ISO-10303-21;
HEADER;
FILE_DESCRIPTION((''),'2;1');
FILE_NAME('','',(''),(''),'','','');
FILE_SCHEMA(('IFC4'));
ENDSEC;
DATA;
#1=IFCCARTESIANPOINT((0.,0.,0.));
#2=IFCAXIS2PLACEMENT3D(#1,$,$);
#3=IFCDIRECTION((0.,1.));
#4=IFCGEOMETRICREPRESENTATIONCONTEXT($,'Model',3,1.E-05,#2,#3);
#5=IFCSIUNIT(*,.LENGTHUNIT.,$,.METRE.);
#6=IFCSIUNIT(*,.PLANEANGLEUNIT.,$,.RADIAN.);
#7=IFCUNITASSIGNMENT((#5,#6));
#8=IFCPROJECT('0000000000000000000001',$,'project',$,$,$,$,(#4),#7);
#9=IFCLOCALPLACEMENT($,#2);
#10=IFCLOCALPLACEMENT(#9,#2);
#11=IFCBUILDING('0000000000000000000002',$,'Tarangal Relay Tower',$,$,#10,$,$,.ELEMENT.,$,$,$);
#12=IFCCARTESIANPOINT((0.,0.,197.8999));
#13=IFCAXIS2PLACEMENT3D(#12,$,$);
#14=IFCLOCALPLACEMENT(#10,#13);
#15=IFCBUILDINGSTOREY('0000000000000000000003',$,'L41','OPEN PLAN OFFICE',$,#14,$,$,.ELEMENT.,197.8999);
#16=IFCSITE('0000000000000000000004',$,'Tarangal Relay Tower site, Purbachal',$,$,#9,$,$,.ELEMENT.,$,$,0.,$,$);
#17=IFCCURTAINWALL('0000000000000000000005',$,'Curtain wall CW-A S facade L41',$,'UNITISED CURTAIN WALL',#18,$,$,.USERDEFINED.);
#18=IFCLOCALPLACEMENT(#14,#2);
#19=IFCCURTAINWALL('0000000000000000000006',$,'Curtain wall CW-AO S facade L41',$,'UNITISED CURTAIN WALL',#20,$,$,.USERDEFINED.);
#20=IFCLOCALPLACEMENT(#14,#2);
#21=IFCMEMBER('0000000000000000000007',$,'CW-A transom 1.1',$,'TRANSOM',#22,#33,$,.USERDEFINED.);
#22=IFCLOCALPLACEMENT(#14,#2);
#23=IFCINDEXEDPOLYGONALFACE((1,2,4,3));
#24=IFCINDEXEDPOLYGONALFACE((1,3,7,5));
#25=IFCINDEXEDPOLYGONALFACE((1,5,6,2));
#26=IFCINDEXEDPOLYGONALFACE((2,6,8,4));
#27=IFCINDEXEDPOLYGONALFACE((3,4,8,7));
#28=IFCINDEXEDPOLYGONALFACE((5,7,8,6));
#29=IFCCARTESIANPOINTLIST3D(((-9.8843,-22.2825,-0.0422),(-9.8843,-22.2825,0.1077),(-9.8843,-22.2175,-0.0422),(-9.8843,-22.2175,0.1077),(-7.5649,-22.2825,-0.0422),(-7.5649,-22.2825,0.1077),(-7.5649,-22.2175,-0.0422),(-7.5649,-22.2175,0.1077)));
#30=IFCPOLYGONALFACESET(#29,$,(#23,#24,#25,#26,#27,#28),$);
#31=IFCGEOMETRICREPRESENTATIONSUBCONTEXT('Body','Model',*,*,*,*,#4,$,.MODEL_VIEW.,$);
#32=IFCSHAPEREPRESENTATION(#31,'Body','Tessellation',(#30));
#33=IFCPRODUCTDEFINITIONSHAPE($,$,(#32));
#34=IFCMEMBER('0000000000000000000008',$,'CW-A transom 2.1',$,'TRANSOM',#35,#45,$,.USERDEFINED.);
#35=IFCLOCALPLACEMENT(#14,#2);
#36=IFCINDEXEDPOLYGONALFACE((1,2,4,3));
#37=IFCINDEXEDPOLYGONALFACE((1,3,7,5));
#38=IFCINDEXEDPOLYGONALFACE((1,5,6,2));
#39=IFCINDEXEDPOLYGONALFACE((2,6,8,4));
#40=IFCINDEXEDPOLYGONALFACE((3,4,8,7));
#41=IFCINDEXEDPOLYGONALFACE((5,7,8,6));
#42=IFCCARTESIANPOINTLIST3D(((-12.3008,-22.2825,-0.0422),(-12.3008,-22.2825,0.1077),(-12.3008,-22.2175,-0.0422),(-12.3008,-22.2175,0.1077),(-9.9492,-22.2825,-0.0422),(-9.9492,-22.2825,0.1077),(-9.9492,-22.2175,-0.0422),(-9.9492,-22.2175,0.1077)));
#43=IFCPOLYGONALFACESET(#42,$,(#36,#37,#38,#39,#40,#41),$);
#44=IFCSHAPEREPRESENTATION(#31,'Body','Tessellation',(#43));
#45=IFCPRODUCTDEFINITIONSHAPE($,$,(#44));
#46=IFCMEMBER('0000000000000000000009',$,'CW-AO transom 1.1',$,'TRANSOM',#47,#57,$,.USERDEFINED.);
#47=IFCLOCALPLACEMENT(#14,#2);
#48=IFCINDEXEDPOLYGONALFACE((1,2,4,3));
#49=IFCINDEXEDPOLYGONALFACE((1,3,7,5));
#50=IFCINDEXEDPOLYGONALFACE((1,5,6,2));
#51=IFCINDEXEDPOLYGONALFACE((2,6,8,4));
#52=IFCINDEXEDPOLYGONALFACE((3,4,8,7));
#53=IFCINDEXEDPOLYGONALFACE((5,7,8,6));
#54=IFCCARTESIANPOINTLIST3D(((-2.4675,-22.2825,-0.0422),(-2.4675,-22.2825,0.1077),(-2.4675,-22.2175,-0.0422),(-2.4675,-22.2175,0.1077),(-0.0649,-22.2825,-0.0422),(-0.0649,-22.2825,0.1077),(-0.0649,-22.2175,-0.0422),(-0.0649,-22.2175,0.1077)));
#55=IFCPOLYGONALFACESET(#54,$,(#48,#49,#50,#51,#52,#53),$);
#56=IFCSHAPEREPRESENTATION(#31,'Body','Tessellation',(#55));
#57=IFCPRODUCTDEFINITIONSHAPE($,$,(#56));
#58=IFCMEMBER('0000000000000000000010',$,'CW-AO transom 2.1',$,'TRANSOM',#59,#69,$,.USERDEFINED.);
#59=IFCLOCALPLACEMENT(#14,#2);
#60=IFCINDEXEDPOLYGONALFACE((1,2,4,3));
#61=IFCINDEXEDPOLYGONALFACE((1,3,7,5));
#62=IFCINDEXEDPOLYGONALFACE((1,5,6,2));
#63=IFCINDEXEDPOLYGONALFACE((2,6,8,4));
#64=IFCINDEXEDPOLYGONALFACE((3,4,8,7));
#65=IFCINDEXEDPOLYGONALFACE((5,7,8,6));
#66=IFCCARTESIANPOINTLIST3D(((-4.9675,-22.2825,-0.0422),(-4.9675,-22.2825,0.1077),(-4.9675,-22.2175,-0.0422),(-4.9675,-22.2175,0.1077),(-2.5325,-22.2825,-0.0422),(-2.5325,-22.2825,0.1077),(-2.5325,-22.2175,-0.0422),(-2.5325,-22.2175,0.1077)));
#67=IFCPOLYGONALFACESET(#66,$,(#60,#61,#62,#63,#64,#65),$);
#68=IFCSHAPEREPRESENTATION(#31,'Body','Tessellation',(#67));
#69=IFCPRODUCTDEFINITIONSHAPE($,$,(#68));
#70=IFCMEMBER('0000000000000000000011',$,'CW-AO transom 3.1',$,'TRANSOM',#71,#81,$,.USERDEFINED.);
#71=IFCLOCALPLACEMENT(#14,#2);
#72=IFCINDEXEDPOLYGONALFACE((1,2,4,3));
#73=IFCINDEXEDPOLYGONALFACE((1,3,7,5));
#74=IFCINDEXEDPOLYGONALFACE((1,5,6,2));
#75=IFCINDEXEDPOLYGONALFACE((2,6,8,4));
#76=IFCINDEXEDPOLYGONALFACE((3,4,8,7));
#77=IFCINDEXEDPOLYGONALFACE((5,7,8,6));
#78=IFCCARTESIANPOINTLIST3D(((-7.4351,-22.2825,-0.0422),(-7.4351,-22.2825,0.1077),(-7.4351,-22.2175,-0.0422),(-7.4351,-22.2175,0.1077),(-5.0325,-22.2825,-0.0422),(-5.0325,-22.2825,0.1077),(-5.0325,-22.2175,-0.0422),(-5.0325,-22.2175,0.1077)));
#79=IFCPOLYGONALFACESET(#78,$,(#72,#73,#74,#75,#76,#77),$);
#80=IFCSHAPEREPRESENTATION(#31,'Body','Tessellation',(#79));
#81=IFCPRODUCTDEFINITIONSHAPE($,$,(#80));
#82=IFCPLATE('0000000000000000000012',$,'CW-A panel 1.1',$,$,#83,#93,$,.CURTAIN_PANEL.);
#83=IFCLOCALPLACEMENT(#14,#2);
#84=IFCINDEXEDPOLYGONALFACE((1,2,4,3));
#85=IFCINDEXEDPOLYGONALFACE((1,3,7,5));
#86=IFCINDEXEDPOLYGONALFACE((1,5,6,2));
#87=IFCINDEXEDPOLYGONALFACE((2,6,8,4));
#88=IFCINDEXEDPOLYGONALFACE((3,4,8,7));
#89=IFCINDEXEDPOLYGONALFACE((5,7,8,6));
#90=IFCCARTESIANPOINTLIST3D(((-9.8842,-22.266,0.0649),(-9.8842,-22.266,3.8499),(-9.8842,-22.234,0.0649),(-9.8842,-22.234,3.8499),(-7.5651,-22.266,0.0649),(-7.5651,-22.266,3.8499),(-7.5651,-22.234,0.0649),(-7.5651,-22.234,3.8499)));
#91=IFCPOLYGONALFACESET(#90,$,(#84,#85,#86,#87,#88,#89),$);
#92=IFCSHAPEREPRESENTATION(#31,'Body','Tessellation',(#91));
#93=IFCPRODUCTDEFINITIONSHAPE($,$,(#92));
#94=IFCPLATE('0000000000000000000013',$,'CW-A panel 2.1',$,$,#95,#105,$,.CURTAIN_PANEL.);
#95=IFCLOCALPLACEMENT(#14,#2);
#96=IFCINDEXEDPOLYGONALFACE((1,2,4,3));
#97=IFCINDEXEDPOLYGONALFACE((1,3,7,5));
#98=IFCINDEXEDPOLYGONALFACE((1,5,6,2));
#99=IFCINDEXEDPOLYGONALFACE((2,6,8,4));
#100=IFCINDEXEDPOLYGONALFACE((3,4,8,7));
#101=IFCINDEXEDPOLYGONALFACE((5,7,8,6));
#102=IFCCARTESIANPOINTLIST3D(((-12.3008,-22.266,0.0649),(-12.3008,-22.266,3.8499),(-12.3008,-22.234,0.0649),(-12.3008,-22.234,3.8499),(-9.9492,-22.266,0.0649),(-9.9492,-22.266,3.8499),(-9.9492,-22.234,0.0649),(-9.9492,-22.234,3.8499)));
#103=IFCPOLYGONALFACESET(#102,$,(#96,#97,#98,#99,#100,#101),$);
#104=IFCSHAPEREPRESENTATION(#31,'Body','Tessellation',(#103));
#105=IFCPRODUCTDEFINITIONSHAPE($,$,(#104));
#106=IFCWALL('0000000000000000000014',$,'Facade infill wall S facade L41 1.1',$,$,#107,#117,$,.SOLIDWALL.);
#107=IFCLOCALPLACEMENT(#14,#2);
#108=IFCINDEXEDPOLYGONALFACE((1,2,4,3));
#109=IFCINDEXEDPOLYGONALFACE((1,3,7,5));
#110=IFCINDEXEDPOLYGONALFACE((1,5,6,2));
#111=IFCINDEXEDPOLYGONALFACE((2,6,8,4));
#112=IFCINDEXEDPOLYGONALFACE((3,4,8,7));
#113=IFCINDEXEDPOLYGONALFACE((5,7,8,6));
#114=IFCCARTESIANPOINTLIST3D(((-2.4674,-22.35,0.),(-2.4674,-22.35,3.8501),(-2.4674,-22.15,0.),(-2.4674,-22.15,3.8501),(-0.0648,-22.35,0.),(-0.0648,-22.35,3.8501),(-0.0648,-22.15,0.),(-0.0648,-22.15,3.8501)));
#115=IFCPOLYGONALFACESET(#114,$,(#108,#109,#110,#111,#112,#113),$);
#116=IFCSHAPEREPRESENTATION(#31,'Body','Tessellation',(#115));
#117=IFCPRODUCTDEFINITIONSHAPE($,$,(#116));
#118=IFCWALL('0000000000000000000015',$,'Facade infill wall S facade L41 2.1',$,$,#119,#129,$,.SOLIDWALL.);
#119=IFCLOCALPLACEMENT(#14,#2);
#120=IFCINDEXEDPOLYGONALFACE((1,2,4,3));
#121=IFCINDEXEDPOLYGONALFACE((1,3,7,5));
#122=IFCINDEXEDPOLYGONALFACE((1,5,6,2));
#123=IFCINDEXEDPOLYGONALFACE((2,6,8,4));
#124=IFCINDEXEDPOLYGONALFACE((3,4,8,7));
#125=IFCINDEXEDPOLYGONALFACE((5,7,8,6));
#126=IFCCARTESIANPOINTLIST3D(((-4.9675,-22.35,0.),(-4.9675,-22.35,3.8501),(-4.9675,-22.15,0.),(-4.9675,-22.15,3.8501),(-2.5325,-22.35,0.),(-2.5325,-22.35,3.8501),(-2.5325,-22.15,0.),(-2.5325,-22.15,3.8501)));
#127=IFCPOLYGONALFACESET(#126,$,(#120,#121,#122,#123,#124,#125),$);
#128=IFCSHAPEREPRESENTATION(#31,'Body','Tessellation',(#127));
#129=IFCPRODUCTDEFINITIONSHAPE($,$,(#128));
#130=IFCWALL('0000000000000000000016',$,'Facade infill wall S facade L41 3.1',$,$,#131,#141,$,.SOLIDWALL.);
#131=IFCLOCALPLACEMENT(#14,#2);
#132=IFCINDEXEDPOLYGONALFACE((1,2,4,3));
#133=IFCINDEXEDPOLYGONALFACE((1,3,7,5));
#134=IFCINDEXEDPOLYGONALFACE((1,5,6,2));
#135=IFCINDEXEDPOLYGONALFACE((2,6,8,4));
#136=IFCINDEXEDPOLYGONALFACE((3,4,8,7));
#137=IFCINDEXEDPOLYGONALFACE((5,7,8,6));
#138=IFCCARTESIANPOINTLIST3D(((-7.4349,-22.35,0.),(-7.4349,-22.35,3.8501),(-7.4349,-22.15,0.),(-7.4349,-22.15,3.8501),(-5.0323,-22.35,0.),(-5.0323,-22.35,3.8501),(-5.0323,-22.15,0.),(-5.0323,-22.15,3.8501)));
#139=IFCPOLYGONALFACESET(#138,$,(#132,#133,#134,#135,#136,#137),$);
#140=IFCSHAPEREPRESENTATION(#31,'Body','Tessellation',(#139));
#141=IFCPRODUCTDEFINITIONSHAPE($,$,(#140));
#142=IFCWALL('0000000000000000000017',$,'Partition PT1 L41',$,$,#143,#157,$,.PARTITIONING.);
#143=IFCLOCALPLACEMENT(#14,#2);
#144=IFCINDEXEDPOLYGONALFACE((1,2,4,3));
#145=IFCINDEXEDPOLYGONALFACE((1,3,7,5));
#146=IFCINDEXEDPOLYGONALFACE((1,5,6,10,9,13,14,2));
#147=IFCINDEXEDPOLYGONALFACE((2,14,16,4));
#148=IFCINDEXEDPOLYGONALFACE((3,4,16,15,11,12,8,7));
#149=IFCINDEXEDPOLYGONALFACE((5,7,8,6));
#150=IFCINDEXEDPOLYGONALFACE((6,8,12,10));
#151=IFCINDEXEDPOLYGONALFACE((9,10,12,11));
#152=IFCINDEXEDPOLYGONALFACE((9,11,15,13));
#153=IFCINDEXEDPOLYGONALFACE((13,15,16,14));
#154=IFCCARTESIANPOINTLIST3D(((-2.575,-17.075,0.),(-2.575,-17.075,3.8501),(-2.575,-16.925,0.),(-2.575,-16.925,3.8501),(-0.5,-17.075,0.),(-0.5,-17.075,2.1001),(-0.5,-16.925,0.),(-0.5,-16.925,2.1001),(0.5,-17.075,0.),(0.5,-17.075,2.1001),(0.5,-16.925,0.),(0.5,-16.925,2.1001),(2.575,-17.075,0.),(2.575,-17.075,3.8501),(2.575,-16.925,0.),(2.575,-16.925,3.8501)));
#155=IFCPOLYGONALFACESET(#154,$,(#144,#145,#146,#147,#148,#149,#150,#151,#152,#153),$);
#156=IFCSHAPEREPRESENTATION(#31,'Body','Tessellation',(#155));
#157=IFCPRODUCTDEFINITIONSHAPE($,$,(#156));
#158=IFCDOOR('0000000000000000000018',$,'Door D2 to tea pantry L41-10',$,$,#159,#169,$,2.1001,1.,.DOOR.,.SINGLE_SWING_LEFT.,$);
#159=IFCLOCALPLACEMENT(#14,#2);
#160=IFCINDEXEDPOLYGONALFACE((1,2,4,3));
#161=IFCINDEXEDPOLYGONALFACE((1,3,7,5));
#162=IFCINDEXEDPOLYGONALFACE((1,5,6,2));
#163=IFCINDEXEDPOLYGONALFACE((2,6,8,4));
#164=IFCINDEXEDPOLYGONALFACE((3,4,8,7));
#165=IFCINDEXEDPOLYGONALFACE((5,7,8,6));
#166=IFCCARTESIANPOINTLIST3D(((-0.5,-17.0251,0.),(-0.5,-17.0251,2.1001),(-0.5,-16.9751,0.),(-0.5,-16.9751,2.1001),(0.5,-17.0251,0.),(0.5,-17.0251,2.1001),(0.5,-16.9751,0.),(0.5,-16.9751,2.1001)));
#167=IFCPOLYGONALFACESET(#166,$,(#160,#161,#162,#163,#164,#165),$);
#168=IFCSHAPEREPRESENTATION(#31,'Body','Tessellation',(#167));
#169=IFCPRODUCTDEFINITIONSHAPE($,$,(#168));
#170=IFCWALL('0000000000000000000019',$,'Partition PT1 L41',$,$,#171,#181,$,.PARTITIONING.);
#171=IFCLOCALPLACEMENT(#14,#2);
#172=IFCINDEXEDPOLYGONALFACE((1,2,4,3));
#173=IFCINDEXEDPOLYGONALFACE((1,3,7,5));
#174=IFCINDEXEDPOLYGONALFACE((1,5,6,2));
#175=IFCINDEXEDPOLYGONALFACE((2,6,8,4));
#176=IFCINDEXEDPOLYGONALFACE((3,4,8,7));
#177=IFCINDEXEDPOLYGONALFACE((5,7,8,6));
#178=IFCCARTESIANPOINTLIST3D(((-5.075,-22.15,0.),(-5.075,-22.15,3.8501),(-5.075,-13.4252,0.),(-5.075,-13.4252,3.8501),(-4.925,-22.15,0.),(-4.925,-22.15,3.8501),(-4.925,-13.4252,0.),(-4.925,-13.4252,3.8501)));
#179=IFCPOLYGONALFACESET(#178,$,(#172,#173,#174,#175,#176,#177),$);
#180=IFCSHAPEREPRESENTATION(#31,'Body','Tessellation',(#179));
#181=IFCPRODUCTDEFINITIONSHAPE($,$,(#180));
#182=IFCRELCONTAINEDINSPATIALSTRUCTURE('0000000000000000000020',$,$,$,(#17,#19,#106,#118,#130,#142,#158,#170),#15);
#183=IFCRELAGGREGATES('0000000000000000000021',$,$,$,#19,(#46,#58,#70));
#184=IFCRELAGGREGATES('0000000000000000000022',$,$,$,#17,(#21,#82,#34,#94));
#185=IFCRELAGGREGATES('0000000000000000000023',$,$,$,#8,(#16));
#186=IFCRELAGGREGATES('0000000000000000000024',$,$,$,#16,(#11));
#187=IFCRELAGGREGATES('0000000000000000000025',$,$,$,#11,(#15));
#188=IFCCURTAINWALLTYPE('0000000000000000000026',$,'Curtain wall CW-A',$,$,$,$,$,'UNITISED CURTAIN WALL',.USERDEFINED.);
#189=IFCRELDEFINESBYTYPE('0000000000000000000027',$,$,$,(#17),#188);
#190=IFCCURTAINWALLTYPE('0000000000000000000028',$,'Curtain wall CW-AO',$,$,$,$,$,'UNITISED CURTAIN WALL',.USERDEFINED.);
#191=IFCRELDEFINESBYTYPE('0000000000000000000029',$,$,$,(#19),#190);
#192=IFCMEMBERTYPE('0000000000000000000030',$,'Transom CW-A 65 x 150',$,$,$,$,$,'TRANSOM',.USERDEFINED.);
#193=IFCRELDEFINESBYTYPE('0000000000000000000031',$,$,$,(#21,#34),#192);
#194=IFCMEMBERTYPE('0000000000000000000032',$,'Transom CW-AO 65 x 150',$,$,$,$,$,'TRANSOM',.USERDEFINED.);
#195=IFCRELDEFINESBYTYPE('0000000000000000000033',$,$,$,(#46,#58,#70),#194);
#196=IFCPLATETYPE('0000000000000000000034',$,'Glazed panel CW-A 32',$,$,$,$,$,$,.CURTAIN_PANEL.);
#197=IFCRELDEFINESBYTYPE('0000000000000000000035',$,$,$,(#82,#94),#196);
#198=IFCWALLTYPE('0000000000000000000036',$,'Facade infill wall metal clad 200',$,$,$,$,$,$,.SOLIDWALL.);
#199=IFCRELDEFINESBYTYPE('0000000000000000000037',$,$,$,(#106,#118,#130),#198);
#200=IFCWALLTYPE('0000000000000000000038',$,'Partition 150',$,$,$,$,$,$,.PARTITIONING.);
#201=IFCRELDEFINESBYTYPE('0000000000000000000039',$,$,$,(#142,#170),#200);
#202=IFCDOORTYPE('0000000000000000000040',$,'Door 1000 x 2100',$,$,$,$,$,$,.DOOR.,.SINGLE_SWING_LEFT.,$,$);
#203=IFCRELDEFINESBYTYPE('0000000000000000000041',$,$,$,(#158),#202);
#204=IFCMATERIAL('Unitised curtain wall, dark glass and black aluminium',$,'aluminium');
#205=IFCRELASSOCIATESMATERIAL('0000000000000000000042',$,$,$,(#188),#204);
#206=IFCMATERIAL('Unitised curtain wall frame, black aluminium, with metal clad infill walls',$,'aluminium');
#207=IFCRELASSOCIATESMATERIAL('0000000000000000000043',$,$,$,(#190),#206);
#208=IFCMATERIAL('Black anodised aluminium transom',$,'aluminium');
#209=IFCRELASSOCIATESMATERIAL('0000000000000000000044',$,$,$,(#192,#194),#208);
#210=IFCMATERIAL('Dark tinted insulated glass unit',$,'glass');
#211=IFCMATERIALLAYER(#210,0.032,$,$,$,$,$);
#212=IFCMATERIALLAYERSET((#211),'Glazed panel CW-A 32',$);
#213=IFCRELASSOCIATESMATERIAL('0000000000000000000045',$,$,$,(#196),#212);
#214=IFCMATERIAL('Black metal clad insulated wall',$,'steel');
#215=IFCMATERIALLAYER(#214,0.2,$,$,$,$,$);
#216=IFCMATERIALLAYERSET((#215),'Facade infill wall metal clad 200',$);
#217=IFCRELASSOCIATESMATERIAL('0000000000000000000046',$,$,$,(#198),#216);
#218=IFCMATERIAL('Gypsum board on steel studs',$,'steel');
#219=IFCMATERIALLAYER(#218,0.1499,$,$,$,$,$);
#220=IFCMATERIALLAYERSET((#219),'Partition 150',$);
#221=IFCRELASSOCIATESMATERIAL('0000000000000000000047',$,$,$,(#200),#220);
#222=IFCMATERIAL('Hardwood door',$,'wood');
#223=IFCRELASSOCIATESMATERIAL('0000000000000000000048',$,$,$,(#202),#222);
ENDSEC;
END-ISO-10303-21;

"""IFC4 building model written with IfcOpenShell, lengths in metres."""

from ifc_helpers import new_model, si_unit, direction, frame, frame_2d, origin, origin_2d, place, context, subcontext, project, spatial, rectangle, extrude, material, layer, layer_set, material_profile, profile_set, type_object, element, fill, aggregate, save


model = new_model("IFC4")

# Units and contexts
model_context = context("Model", 3, precision=1e-05, world=origin(), true_north=direction((0.0, 1.0)))
body_context = subcontext(model_context, "Body", "Model", "MODEL_VIEW")
ifc_project = project(units=[si_unit("LENGTHUNIT", "METRE"), si_unit("PLANEANGLEUNIT", "RADIAN")], contexts=[model_context])

# Site, building, storey
site_placement = place(None, origin())
site = spatial("IfcSite", under=ifc_project, at=site_placement, Name="Tarangal Relay Tower site, Purbachal", CompositionType="ELEMENT", RefElevation=0.0)
building_placement = place(site_placement, origin())
building = spatial("IfcBuilding", under=site, at=building_placement, Name="Tarangal Relay Tower", CompositionType="ELEMENT")
storey_placement = place(building_placement, frame((0.0, 0.0, 197.8999)))
storey = spatial("IfcBuildingStorey", under=building, at=storey_placement, Name="L41", Description="OPEN PLAN OFFICE", CompositionType="ELEMENT", Elevation=197.8999)

# Curtain walls
ifc_material_1 = material(Name="Unitised curtain wall, dark glass and black aluminium", Category="aluminium")
curtain_wall_type_1 = type_object("IfcCurtainWallType", Name="Curtain wall CW-A", ElementType="UNITISED CURTAIN WALL", PredefinedType="USERDEFINED", material=ifc_material_1)
curtain_wall_1_placement = place(storey_placement, origin())
curtain_wall_1 = element("IfcCurtainWall", 1, at=curtain_wall_1_placement, inside=storey, type_object=curtain_wall_type_1, Name="Curtain wall CW-A S facade L41", ObjectType="UNITISED CURTAIN WALL", PredefinedType="USERDEFINED")
ifc_material_2 = material(Name="Unitised curtain wall frame, black aluminium, with metal clad infill walls", Category="aluminium")
curtain_wall_type_2 = type_object("IfcCurtainWallType", Name="Curtain wall CW-AO", ElementType="UNITISED CURTAIN WALL", PredefinedType="USERDEFINED", material=ifc_material_2)
curtain_wall_2_placement = place(storey_placement, origin())
curtain_wall_2 = element("IfcCurtainWall", 2, at=curtain_wall_2_placement, inside=storey, type_object=curtain_wall_type_2, Name="Curtain wall CW-AO S facade L41", ObjectType="UNITISED CURTAIN WALL", PredefinedType="USERDEFINED")

# Members
ifc_material_3 = material(Name="Black anodised aluminium transom", Category="aluminium")
ifc_material_profile_1 = material_profile(ifc_material_3, rectangle(XDim=0.0649, YDim=0.1499, at=origin_2d()), Name="CW-AT 65X150")
ifc_profile_set_1 = profile_set([ifc_material_profile_1], Name="Black anodised aluminium transom")
member_type_1 = type_object("IfcMemberType", Name="Transom CW-A 65 x 150", ElementType="TRANSOM", PredefinedType="USERDEFINED", material=ifc_profile_set_1)
member_1_placement = place(storey_placement, frame((-7.5649, -22.25, 0.0327), z_axis=(-1.0, 0.0, 0.0), x_axis=(0.0, -1.0, 0.0)))
member_1 = element("IfcMember", 3, at=member_1_placement, type_object=member_type_1, Name="CW-A transom 1.1", ObjectType="TRANSOM", PredefinedType="USERDEFINED", context=body_context, shape_type="SweptSolid", body=[
    extrude(rectangle(XDim=0.0649, YDim=0.1499, at=origin_2d()), origin(), (0.0, 0.0, 1.0), 2.3193),
])
member_2_placement = place(storey_placement, frame((-9.9492, -22.25, 0.0327), z_axis=(-1.0, 0.0, 0.0), x_axis=(0.0, -1.0, 0.0)))
member_2 = element("IfcMember", 4, at=member_2_placement, type_object=member_type_1, Name="CW-A transom 2.1", ObjectType="TRANSOM", PredefinedType="USERDEFINED", context=body_context, shape_type="SweptSolid", body=[
    extrude(rectangle(XDim=0.0649, YDim=0.1499, at=origin_2d()), origin(), (0.0, 0.0, 1.0), 2.3516),
])
ifc_material_profile_2 = material_profile(ifc_material_3, rectangle(XDim=0.0649, YDim=0.1499, at=origin_2d()), Name="CW-AOT 65X150")
ifc_profile_set_2 = profile_set([ifc_material_profile_2], Name="Black anodised aluminium transom")
member_type_2 = type_object("IfcMemberType", Name="Transom CW-AO 65 x 150", ElementType="TRANSOM", PredefinedType="USERDEFINED", material=ifc_profile_set_2)
member_3_placement = place(storey_placement, frame((-0.0649, -22.25, 0.0327), z_axis=(-1.0, 0.0, 0.0), x_axis=(0.0, -1.0, 0.0)))
member_3 = element("IfcMember", 5, at=member_3_placement, type_object=member_type_2, Name="CW-AO transom 1.1", ObjectType="TRANSOM", PredefinedType="USERDEFINED", context=body_context, shape_type="SweptSolid", body=[
    extrude(rectangle(XDim=0.0649, YDim=0.1499, at=origin_2d()), origin(), (0.0, 0.0, 1.0), 2.4026),
])
member_4_placement = place(storey_placement, frame((-2.5325, -22.25, 0.0327), z_axis=(-1.0, 0.0, 0.0), x_axis=(0.0, -1.0, 0.0)))
member_4 = element("IfcMember", 6, at=member_4_placement, type_object=member_type_2, Name="CW-AO transom 2.1", ObjectType="TRANSOM", PredefinedType="USERDEFINED", context=body_context, shape_type="SweptSolid", body=[
    extrude(rectangle(XDim=0.0649, YDim=0.1499, at=origin_2d()), origin(), (0.0, 0.0, 1.0), 2.4351),
])
member_5_placement = place(storey_placement, frame((-5.0325, -22.25, 0.0327), z_axis=(-1.0, 0.0, 0.0), x_axis=(0.0, -1.0, 0.0)))
member_5 = element("IfcMember", 7, at=member_5_placement, type_object=member_type_2, Name="CW-AO transom 3.1", ObjectType="TRANSOM", PredefinedType="USERDEFINED", context=body_context, shape_type="SweptSolid", body=[
    extrude(rectangle(XDim=0.0649, YDim=0.1499, at=origin_2d()), origin(), (0.0, 0.0, 1.0), 2.4026),
])
aggregate(curtain_wall_2, [member_3, member_4, member_5])

# Plates
ifc_material_4 = material(Name="Dark tinted insulated glass unit", Category="glass")
ifc_layer_1 = layer(ifc_material_4, 0.032)
ifc_layer_set_1 = layer_set([ifc_layer_1], Name="Glazed panel CW-A 32")
plate_type = type_object("IfcPlateType", Name="Glazed panel CW-A 32", PredefinedType="CURTAIN_PANEL", material=ifc_layer_set_1)
plate_1_placement = place(storey_placement, frame((-8.7246, -22.25, 0.0649), z_axis=(0.0, 0.0, 1.0), x_axis=(-1.0, 0.0, 0.0)))
plate_1 = element("IfcPlate", 8, at=plate_1_placement, type_object=plate_type, Name="CW-A panel 1.1", PredefinedType="CURTAIN_PANEL", context=body_context, shape_type="SweptSolid", body=[
    extrude(rectangle(XDim=2.3191, YDim=0.032, at=origin_2d()), origin(), (0.0, 0.0, 1.0), 3.7849),
])
plate_2_placement = place(storey_placement, frame((-11.125, -22.25, 0.0649), z_axis=(0.0, 0.0, 1.0), x_axis=(-1.0, 0.0, 0.0)))
plate_2 = element("IfcPlate", 9, at=plate_2_placement, type_object=plate_type, Name="CW-A panel 2.1", PredefinedType="CURTAIN_PANEL", context=body_context, shape_type="SweptSolid", body=[
    extrude(rectangle(XDim=2.3516, YDim=0.032, at=origin_2d()), origin(), (0.0, 0.0, 1.0), 3.7849),
])
aggregate(curtain_wall_1, [member_1, plate_1, member_2, plate_2])

# Walls
ifc_material_5 = material(Name="Black metal clad insulated wall", Category="steel")
ifc_layer_2 = layer(ifc_material_5, 0.2)
ifc_layer_set_2 = layer_set([ifc_layer_2], Name="Facade infill wall metal clad 200")
wall_type_1 = type_object("IfcWallType", Name="Facade infill wall metal clad 200", PredefinedType="SOLIDWALL", material=ifc_layer_set_2)
wall_1_placement = place(storey_placement, frame((-0.0649, -22.25, 0.0), z_axis=(0.0, 0.0, 1.0), x_axis=(-1.0, 0.0, 0.0)))
element("IfcWall", 10, at=wall_1_placement, inside=storey, type_object=wall_type_1, Name="Facade infill wall S facade L41 1.1", PredefinedType="SOLIDWALL", context=body_context, shape_type="SweptSolid", body=[
    extrude(rectangle(XDim=2.4026, YDim=0.2, at=frame_2d((1.2012, 0.0))), origin(), (0.0, 0.0, 1.0), 3.8501),
])
wall_2_placement = place(storey_placement, frame((-2.5325, -22.25, 0.0), z_axis=(0.0, 0.0, 1.0), x_axis=(-1.0, 0.0, 0.0)))
element("IfcWall", 11, at=wall_2_placement, inside=storey, type_object=wall_type_1, Name="Facade infill wall S facade L41 2.1", PredefinedType="SOLIDWALL", context=body_context, shape_type="SweptSolid", body=[
    extrude(rectangle(XDim=2.4351, YDim=0.2, at=frame_2d((1.2175, 0.0))), origin(), (0.0, 0.0, 1.0), 3.8501),
])
wall_3_placement = place(storey_placement, frame((-5.0325, -22.25, 0.0), z_axis=(0.0, 0.0, 1.0), x_axis=(-1.0, 0.0, 0.0)))
element("IfcWall", 12, at=wall_3_placement, inside=storey, type_object=wall_type_1, Name="Facade infill wall S facade L41 3.1", PredefinedType="SOLIDWALL", context=body_context, shape_type="SweptSolid", body=[
    extrude(rectangle(XDim=2.4026, YDim=0.2, at=frame_2d((1.2012, 0.0))), origin(), (0.0, 0.0, 1.0), 3.8501),
])

# Wall, opening, door
ifc_material_6 = material(Name="Gypsum board on steel studs", Category="steel")
ifc_layer_3 = layer(ifc_material_6, 0.1499)
ifc_layer_set_3 = layer_set([ifc_layer_3], Name="Partition 150")
wall_type_2 = type_object("IfcWallType", Name="Partition 150", PredefinedType="PARTITIONING", material=ifc_layer_set_3)
wall_4_placement = place(storey_placement, frame((-2.575, -17.0, 0.0), z_axis=(0.0, 0.0, 1.0), x_axis=(1.0, 0.0, 0.0)))
wall_4 = element("IfcWall", 13, at=wall_4_placement, inside=storey, type_object=wall_type_2, Name="Partition PT1 L41", PredefinedType="PARTITIONING", context=body_context, shape_type="SweptSolid", body=[
    extrude(rectangle(XDim=5.1499, YDim=0.1499, at=frame_2d((2.575, 0.0))), origin(), (0.0, 0.0, 1.0), 3.8501),
])
opening_placement = place(wall_4_placement, frame((2.075, 0.0, 0.0)))
opening = element("IfcOpeningElement", 14, at=opening_placement, cuts=wall_4, PredefinedType="OPENING", context=body_context, shape_type="SweptSolid", body=[
    extrude(rectangle(XDim=1.0, YDim=2.1001, at=frame_2d((0.5, 1.05))), frame((0.0, 0.085, 0.0), z_axis=(0.0, -1.0, 0.0), x_axis=(1.0, 0.0, 0.0)), (0.0, 0.0, 1.0), 0.1699),
])
ifc_material_7 = material(Name="Hardwood door", Category="wood")
door_type = type_object("IfcDoorType", Name="Door 1000 x 2100", OperationType="SINGLE_SWING_LEFT", PredefinedType="DOOR", material=ifc_material_7)
door_placement = place(opening_placement, origin())
door = element("IfcDoor", 15, at=door_placement, inside=storey, type_object=door_type, Name="Door D2 to tea pantry L41-10", OperationType="SINGLE_SWING_LEFT", OverallHeight=2.1001, OverallWidth=1.0, PredefinedType="DOOR", context=body_context, shape_type="SweptSolid", body=[
    extrude(rectangle(XDim=1.0, YDim=2.1001, at=frame_2d((0.5, 1.05))), frame((0.0, 0.0249, 0.0), z_axis=(0.0, -1.0, 0.0), x_axis=(1.0, 0.0, 0.0)), (0.0, 0.0, 1.0), 0.05),
])
fill(opening, door)

# Wall
for number, where, z_axis, x_axis, name in (
    (16, (-5.0, -22.1499, 0.0), (0.0, 0.0, 1.0), (0.0, 1.0, 0.0), "Partition PT1 L41"),
):
    element("IfcWall", number, at=place(storey_placement, frame(where, z_axis=z_axis, x_axis=x_axis)), inside=storey, type_object=wall_type_2, Name=name, PredefinedType="PARTITIONING", context=body_context, shape_type="SweptSolid", body=[
        extrude(rectangle(XDim=8.7249, YDim=0.1499, at=frame_2d((4.3623, 0.0))), origin(), (0.0, 0.0, 1.0), 3.8501),
    ])

save(model, "model.ifc")
